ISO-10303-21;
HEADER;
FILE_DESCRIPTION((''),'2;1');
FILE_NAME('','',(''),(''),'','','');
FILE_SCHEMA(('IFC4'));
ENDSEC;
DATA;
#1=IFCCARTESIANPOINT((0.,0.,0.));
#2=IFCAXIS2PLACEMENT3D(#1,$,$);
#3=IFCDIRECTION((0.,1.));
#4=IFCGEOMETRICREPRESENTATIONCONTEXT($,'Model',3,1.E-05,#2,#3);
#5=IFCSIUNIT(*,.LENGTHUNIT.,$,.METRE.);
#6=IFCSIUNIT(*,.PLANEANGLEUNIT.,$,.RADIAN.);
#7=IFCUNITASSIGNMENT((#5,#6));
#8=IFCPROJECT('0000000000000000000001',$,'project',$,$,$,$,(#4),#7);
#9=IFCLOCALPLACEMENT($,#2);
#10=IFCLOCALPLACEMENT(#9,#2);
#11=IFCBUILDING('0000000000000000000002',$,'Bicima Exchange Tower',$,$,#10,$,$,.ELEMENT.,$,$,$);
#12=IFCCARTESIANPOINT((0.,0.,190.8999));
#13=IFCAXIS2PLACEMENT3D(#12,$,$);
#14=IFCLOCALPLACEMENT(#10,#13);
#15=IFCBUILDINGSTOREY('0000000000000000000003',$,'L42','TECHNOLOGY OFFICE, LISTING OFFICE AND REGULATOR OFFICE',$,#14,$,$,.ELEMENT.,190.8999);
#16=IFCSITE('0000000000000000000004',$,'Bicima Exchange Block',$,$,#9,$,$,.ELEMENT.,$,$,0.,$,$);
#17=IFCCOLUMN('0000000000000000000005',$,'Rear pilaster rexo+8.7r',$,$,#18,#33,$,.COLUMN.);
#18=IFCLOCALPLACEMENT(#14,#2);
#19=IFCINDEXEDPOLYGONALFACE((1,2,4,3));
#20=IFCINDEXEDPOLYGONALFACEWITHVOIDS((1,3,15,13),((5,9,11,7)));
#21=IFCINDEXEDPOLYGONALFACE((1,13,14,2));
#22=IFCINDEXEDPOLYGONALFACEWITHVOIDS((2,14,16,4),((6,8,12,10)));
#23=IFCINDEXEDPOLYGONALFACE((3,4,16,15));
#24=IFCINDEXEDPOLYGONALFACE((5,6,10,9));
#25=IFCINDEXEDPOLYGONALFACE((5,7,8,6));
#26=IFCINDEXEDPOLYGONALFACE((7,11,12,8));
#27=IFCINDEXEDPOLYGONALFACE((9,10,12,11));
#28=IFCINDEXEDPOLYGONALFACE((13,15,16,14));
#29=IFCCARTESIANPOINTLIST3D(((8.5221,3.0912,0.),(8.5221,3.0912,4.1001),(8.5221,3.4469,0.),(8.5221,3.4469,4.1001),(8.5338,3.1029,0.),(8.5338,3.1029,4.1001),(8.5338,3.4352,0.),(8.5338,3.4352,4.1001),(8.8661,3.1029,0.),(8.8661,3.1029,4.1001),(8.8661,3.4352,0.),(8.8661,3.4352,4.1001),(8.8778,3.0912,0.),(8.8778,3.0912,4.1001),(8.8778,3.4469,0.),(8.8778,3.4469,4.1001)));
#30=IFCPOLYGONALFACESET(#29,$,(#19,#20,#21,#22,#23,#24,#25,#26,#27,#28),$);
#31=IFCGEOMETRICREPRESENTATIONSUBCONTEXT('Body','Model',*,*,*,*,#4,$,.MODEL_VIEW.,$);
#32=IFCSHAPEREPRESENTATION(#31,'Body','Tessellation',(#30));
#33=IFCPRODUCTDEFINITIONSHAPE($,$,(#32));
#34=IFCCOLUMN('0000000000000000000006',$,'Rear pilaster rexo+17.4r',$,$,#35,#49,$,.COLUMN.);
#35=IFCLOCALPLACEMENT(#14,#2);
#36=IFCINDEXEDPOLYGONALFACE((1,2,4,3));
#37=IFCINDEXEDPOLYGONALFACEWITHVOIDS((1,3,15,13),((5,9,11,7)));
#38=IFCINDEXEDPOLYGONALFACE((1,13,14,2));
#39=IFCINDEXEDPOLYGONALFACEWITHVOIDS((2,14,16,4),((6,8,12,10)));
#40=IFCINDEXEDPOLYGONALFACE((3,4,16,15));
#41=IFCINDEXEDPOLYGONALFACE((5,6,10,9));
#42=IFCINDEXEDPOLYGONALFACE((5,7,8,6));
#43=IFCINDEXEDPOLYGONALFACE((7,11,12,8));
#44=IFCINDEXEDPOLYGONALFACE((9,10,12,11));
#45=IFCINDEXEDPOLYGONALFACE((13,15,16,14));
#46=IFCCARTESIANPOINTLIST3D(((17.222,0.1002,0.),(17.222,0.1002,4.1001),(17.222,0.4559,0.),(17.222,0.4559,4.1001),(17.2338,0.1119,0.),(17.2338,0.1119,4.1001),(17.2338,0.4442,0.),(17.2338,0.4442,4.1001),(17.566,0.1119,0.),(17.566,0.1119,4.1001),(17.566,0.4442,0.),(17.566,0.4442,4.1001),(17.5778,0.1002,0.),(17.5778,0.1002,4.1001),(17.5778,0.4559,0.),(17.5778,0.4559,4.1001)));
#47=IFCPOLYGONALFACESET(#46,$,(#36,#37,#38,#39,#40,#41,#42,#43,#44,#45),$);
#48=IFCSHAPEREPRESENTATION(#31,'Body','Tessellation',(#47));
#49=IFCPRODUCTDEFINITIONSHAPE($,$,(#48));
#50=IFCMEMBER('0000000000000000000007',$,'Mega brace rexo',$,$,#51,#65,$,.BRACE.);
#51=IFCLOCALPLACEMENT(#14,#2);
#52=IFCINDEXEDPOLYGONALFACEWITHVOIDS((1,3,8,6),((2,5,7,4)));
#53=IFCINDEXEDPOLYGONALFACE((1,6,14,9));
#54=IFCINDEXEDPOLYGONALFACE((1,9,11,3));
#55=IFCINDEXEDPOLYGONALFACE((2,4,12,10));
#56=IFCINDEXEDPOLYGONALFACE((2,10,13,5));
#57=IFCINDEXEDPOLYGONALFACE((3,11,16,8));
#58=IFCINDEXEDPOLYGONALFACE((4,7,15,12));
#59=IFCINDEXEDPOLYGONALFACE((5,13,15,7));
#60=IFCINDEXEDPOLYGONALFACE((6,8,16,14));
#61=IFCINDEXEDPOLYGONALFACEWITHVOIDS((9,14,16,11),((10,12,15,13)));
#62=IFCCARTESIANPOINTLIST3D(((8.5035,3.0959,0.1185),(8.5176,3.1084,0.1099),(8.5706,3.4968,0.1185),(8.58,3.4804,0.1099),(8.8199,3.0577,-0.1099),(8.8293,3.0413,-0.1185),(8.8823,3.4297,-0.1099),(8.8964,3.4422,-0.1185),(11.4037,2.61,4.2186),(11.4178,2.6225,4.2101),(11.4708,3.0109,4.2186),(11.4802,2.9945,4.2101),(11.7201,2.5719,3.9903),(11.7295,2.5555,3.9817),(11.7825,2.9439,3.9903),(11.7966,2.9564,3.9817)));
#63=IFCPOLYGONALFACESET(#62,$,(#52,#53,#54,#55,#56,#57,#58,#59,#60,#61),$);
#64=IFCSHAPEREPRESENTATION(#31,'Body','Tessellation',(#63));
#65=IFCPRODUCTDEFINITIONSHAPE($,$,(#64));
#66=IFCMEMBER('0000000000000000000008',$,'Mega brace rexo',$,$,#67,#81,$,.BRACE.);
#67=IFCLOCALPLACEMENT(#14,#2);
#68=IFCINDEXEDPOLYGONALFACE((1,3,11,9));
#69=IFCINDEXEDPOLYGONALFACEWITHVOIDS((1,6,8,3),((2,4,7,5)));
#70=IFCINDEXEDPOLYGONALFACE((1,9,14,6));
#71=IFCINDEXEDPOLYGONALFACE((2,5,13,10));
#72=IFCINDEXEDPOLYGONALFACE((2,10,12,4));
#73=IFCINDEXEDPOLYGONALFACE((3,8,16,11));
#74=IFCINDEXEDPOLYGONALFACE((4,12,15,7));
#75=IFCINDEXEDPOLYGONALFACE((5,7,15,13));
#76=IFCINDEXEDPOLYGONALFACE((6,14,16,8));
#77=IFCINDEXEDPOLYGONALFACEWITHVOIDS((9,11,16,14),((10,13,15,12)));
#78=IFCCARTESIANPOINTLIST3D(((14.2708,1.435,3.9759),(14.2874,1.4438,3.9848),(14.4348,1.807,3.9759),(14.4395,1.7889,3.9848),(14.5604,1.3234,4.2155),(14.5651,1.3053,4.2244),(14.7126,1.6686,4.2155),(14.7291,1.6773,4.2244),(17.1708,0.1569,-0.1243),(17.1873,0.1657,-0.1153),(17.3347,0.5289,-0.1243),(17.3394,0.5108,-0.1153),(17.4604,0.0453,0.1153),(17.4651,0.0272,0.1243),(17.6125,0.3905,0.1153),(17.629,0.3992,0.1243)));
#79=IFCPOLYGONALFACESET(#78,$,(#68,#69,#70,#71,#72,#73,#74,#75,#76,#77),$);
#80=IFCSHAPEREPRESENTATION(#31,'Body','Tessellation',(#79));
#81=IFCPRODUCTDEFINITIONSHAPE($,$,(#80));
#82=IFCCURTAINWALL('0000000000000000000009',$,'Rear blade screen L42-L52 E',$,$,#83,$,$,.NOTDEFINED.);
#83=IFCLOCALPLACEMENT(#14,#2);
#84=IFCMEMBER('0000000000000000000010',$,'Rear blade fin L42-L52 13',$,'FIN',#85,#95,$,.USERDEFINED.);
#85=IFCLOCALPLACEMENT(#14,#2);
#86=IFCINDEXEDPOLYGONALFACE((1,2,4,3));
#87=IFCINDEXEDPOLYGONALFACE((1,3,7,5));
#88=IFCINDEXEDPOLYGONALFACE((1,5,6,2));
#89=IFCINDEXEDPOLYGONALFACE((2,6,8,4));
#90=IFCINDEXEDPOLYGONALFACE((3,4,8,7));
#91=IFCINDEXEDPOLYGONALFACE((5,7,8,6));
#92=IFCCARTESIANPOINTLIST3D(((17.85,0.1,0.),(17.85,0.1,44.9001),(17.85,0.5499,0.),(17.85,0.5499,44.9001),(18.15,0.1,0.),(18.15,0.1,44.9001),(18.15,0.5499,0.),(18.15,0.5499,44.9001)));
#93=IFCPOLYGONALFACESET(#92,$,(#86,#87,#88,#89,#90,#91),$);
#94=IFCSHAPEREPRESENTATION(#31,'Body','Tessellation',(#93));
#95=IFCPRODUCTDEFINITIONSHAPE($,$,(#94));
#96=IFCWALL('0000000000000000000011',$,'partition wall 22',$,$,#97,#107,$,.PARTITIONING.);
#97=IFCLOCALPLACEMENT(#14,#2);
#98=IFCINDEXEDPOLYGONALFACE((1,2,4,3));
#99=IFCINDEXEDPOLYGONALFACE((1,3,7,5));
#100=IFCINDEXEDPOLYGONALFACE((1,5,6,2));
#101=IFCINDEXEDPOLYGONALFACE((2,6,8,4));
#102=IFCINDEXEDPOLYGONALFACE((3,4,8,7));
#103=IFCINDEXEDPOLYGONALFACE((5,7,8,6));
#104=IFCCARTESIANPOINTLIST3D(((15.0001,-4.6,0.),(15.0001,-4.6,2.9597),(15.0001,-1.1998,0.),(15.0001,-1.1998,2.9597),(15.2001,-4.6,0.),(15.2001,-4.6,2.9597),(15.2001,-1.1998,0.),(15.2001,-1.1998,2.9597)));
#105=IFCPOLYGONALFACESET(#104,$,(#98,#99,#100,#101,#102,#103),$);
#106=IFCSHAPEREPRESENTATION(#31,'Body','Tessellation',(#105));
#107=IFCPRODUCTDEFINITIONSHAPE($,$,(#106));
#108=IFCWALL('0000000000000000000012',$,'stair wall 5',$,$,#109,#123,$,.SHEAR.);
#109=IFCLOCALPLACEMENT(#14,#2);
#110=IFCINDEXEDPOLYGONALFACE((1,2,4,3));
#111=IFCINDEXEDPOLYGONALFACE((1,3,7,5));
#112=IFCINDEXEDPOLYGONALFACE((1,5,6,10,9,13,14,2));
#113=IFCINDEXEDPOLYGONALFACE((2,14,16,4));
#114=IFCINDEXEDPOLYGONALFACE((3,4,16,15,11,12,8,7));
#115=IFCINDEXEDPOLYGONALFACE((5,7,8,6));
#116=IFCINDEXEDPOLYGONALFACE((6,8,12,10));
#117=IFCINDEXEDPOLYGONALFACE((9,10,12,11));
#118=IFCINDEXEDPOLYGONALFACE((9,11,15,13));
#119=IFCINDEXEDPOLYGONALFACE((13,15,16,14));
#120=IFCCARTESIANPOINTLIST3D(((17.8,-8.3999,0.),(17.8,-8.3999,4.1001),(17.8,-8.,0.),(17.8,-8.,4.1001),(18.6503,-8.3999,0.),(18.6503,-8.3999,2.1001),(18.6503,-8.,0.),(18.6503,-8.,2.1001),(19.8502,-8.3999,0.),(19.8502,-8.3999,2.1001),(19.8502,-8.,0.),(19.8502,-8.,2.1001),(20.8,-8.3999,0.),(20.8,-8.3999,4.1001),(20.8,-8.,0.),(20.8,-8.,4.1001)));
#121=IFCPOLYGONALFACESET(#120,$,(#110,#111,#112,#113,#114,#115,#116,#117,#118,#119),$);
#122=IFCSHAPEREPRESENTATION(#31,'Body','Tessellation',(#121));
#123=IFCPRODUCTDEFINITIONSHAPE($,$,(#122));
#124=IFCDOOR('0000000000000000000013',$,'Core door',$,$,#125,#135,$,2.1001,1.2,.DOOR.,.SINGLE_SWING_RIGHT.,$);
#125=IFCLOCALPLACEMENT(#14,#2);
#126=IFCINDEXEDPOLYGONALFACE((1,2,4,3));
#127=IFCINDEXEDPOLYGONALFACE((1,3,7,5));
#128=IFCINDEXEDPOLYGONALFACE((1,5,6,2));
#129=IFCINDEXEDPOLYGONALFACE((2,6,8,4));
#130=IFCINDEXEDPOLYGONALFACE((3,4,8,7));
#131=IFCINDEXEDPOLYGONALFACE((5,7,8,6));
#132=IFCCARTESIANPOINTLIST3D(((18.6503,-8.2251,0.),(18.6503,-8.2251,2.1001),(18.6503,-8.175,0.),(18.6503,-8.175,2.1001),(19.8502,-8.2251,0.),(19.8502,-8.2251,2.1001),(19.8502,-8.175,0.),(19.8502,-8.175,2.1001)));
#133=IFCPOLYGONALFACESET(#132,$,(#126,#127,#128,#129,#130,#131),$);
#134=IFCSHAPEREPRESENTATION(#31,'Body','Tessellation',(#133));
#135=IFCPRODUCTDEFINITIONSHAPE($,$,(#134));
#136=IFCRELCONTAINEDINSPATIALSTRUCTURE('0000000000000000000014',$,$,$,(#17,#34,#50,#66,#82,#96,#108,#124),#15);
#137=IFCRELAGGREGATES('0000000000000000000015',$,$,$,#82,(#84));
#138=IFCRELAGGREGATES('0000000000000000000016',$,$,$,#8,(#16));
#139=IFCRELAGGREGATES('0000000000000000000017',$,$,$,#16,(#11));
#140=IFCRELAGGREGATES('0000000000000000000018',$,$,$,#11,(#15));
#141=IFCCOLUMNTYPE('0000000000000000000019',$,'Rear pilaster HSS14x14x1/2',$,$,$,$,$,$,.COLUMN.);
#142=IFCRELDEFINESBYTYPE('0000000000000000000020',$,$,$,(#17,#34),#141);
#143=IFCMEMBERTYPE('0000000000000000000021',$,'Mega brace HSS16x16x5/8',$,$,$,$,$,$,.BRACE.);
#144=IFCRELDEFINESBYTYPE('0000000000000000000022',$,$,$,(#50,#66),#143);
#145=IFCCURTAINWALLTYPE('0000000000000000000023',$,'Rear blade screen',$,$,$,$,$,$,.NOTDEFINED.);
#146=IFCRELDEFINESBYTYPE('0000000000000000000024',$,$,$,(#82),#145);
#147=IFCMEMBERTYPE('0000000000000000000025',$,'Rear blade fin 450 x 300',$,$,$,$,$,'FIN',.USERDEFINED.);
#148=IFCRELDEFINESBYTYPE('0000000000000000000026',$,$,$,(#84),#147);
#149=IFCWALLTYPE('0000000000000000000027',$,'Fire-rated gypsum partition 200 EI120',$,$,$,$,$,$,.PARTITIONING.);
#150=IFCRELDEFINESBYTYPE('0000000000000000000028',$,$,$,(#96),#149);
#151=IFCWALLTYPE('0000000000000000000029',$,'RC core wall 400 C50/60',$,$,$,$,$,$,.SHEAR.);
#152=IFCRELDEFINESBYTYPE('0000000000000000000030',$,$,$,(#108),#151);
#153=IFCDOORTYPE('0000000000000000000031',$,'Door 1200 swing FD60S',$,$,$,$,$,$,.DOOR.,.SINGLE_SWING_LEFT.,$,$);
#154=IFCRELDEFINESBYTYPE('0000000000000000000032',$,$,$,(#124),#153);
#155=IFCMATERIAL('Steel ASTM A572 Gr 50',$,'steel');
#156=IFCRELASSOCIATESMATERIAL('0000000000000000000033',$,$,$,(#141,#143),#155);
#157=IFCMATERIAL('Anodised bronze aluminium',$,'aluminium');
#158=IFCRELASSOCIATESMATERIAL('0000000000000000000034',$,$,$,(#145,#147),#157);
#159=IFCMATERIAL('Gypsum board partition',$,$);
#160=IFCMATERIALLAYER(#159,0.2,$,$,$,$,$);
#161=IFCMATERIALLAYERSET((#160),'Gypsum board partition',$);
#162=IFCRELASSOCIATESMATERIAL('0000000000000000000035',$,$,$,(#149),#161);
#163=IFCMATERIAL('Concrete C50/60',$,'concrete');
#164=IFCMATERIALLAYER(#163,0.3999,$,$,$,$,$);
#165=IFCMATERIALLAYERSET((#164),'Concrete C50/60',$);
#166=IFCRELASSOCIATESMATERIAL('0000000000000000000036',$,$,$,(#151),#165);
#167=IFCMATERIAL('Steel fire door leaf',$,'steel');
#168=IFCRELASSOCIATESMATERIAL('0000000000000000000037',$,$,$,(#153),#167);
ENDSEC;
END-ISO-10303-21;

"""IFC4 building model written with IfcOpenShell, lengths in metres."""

from ifc_helpers import new_model, si_unit, direction, frame, frame_2d, origin, origin_2d, place, context, subcontext, project, spatial, rectangle, hollow_rectangle, extrude, material, layer, layer_set, material_profile, profile_set, type_object, element, fill, aggregate, save


model = new_model("IFC4")

# Units and contexts
model_context = context("Model", 3, precision=1e-05, world=origin(), true_north=direction((0.0, 1.0)))
body_context = subcontext(model_context, "Body", "Model", "MODEL_VIEW")
ifc_project = project(units=[si_unit("LENGTHUNIT", "METRE"), si_unit("PLANEANGLEUNIT", "RADIAN")], contexts=[model_context])

# Site, building, storey
site_placement = place(None, origin())
site = spatial("IfcSite", under=ifc_project, at=site_placement, Name="Bicima Exchange Block", CompositionType="ELEMENT", RefElevation=0.0)
building_placement = place(site_placement, origin())
building = spatial("IfcBuilding", under=site, at=building_placement, Name="Bicima Exchange Tower", CompositionType="ELEMENT")
storey_placement = place(building_placement, frame((0.0, 0.0, 190.8999)))
storey = spatial("IfcBuildingStorey", under=building, at=storey_placement, Name="L42", Description="TECHNOLOGY OFFICE, LISTING OFFICE AND REGULATOR OFFICE", CompositionType="ELEMENT", Elevation=190.8999)

# Columns
ifc_material_1 = material(Name="Steel ASTM A572 Gr 50", Category="steel")
ifc_material_profile_1 = material_profile(ifc_material_1, hollow_rectangle(XDim=0.3557, YDim=0.3557, WallThickness=0.0117, at=origin_2d()))
ifc_profile_set_1 = profile_set([ifc_material_profile_1], Name="Steel ASTM A572 Gr 50")
column_type = type_object("IfcColumnType", Name="Rear pilaster HSS14x14x1/2", PredefinedType="COLUMN", material=ifc_profile_set_1)
for number, where, z_axis, x_axis, name in (
    (1, (8.7, 3.269, 0.0), (0.0, 0.0, 1.0), (1.0, 0.0, 0.0), "Rear pilaster rexo+8.7r"),
    (2, (17.3999, 0.2781, 0.0), (0.0, 0.0, 1.0), (1.0, 0.0, 0.0), "Rear pilaster rexo+17.4r"),
):
    element("IfcColumn", number, at=place(storey_placement, frame(where, z_axis=z_axis, x_axis=x_axis)), inside=storey, type_object=column_type, Name=name, PredefinedType="COLUMN", context=body_context, shape_type="SweptSolid", body=[
        extrude(hollow_rectangle(XDim=0.3557, YDim=0.3557, WallThickness=0.0117, at=origin_2d()), origin(), (0.0, 0.0, 1.0), 4.1001),
    ])

# Members
ifc_material_profile_2 = material_profile(ifc_material_1, hollow_rectangle(XDim=0.4065, YDim=0.4065, WallThickness=0.0146, at=origin_2d()))
ifc_profile_set_2 = profile_set([ifc_material_profile_2], Name="Steel ASTM A572 Gr 50")
member_type_1 = type_object("IfcMemberType", Name="Mega brace HSS16x16x5/8", PredefinedType="BRACE", material=ifc_profile_set_2)
member_1_placement = place(storey_placement, frame((8.7, 3.269, 0.0), z_axis=(0.574792, -0.096291, 0.812615), x_axis=(0.16522, 0.986257, 0.0)))
element("IfcMember", 3, at=member_1_placement, inside=storey, type_object=member_type_1, Name="Mega brace rexo", PredefinedType="BRACE", context=body_context, shape_type="SweptSolid", body=[
    extrude(hollow_rectangle(XDim=0.4065, YDim=0.4065, WallThickness=0.0146, at=origin_2d()), origin(), (0.0, 0.0, 1.0), 5.0457),
])
member_2_placement = place(storey_placement, frame((17.3999, 0.2781, 0.0), z_axis=(-0.559605, 0.246635, 0.79121), x_axis=(-0.403299, -0.915068, 0.0)))
element("IfcMember", 4, at=member_2_placement, inside=storey, type_object=member_type_1, Name="Mega brace rexo", PredefinedType="BRACE", context=body_context, shape_type="SweptSolid", body=[
    extrude(hollow_rectangle(XDim=0.4065, YDim=0.4065, WallThickness=0.0146, at=origin_2d()), origin(), (0.0, 0.0, 1.0), 5.1821),
])

# Curtain wall, member
ifc_material_2 = material(Name="Anodised bronze aluminium", Category="aluminium")
curtain_wall_type = type_object("IfcCurtainWallType", Name="Rear blade screen", PredefinedType="NOTDEFINED", material=ifc_material_2)
curtain_wall_placement = place(storey_placement, origin())
curtain_wall = element("IfcCurtainWall", 5, at=curtain_wall_placement, inside=storey, type_object=curtain_wall_type, Name="Rear blade screen L42-L52 E", PredefinedType="NOTDEFINED")
ifc_material_profile_3 = material_profile(ifc_material_2, rectangle(XDim=0.45, YDim=0.3, at=origin_2d()))
ifc_profile_set_3 = profile_set([ifc_material_profile_3], Name="Anodised bronze aluminium")
member_type_2 = type_object("IfcMemberType", Name="Rear blade fin 450 x 300", ElementType="FIN", PredefinedType="USERDEFINED", material=ifc_profile_set_3)
member_3_placement = place(storey_placement, frame((18.0, 0.325, 0.0), z_axis=(0.0, 0.0, 1.0), x_axis=(0.0, 1.0, 0.0)))
member_3 = element("IfcMember", 6, at=member_3_placement, type_object=member_type_2, Name="Rear blade fin L42-L52 13", ObjectType="FIN", PredefinedType="USERDEFINED", context=body_context, shape_type="SweptSolid", body=[
    extrude(rectangle(XDim=0.45, YDim=0.3, at=origin_2d()), origin(), (0.0, 0.0, 1.0), 44.9001),
])
aggregate(curtain_wall, [member_3])

# Wall
ifc_material_3 = material(Name="Gypsum board partition")
ifc_layer_1 = layer(ifc_material_3, 0.2)
ifc_layer_set_1 = layer_set([ifc_layer_1], Name="Gypsum board partition")
wall_type_1 = type_object("IfcWallType", Name="Fire-rated gypsum partition 200 EI120", PredefinedType="PARTITIONING", material=ifc_layer_set_1)
wall_1_placement = place(storey_placement, frame((15.1001, -4.6001, 0.0), z_axis=(0.0, 0.0, 1.0), x_axis=(0.0, 1.0, 0.0)))
element("IfcWall", 7, at=wall_1_placement, inside=storey, type_object=wall_type_1, Name="partition wall 22", PredefinedType="PARTITIONING", context=body_context, shape_type="SweptSolid", body=[
    extrude(rectangle(XDim=3.4001, YDim=0.2, at=frame_2d((1.7002, 0.0))), origin(), (0.0, 0.0, 1.0), 2.9597),
])

# Wall, opening, door
ifc_material_4 = material(Name="Concrete C50/60", Category="concrete")
ifc_layer_2 = layer(ifc_material_4, 0.3999)
ifc_layer_set_2 = layer_set([ifc_layer_2], Name="Concrete C50/60")
wall_type_2 = type_object("IfcWallType", Name="RC core wall 400 C50/60", PredefinedType="SHEAR", material=ifc_layer_set_2)
wall_2_placement = place(storey_placement, frame((17.8, -8.2, 0.0), z_axis=(0.0, 0.0, 1.0), x_axis=(1.0, 0.0, 0.0)))
wall_2 = element("IfcWall", 8, at=wall_2_placement, inside=storey, type_object=wall_type_2, Name="stair wall 5", PredefinedType="SHEAR", context=body_context, shape_type="SweptSolid", body=[
    extrude(rectangle(XDim=3.0, YDim=0.3999, at=frame_2d((1.5, 0.0))), origin(), (0.0, 0.0, 1.0), 4.1001),
])
opening_1_placement = place(wall_2_placement, frame((0.8501, 0.0, 0.0)))
opening_1 = element("IfcOpeningElement", 9, at=opening_1_placement, cuts=wall_2, PredefinedType="OPENING", context=body_context, shape_type="SweptSolid", body=[
    extrude(rectangle(XDim=1.2, YDim=2.1001, at=frame_2d((0.6001, 1.05))), frame((0.0, 0.2119, 0.0), z_axis=(0.0, -1.0, 0.0), x_axis=(1.0, 0.0, 0.0)), (0.0, 0.0, 1.0), 0.4238),
])
ifc_material_5 = material(Name="Steel fire door leaf", Category="steel")
door_type_1 = type_object("IfcDoorType", Name="Door 1200 swing FD60S", OperationType="SINGLE_SWING_LEFT", PredefinedType="DOOR", material=ifc_material_5)
door_1_placement = place(opening_1_placement, origin())
door_1 = element("IfcDoor", 10, at=door_1_placement, inside=storey, type_object=door_type_1, Name="Core door", OperationType="SINGLE_SWING_RIGHT", OverallHeight=2.1001, OverallWidth=1.2, PredefinedType="DOOR", context=body_context, shape_type="SweptSolid", body=[
    extrude(rectangle(XDim=1.2, YDim=2.1001, at=frame_2d((0.6001, 1.05))), frame((0.0, 0.0249, 0.0), z_axis=(0.0, -1.0, 0.0), x_axis=(1.0, 0.0, 0.0)), (0.0, 0.0, 1.0), 0.05),
])
fill(opening_1, door_1)

save(model, "model.ifc")
